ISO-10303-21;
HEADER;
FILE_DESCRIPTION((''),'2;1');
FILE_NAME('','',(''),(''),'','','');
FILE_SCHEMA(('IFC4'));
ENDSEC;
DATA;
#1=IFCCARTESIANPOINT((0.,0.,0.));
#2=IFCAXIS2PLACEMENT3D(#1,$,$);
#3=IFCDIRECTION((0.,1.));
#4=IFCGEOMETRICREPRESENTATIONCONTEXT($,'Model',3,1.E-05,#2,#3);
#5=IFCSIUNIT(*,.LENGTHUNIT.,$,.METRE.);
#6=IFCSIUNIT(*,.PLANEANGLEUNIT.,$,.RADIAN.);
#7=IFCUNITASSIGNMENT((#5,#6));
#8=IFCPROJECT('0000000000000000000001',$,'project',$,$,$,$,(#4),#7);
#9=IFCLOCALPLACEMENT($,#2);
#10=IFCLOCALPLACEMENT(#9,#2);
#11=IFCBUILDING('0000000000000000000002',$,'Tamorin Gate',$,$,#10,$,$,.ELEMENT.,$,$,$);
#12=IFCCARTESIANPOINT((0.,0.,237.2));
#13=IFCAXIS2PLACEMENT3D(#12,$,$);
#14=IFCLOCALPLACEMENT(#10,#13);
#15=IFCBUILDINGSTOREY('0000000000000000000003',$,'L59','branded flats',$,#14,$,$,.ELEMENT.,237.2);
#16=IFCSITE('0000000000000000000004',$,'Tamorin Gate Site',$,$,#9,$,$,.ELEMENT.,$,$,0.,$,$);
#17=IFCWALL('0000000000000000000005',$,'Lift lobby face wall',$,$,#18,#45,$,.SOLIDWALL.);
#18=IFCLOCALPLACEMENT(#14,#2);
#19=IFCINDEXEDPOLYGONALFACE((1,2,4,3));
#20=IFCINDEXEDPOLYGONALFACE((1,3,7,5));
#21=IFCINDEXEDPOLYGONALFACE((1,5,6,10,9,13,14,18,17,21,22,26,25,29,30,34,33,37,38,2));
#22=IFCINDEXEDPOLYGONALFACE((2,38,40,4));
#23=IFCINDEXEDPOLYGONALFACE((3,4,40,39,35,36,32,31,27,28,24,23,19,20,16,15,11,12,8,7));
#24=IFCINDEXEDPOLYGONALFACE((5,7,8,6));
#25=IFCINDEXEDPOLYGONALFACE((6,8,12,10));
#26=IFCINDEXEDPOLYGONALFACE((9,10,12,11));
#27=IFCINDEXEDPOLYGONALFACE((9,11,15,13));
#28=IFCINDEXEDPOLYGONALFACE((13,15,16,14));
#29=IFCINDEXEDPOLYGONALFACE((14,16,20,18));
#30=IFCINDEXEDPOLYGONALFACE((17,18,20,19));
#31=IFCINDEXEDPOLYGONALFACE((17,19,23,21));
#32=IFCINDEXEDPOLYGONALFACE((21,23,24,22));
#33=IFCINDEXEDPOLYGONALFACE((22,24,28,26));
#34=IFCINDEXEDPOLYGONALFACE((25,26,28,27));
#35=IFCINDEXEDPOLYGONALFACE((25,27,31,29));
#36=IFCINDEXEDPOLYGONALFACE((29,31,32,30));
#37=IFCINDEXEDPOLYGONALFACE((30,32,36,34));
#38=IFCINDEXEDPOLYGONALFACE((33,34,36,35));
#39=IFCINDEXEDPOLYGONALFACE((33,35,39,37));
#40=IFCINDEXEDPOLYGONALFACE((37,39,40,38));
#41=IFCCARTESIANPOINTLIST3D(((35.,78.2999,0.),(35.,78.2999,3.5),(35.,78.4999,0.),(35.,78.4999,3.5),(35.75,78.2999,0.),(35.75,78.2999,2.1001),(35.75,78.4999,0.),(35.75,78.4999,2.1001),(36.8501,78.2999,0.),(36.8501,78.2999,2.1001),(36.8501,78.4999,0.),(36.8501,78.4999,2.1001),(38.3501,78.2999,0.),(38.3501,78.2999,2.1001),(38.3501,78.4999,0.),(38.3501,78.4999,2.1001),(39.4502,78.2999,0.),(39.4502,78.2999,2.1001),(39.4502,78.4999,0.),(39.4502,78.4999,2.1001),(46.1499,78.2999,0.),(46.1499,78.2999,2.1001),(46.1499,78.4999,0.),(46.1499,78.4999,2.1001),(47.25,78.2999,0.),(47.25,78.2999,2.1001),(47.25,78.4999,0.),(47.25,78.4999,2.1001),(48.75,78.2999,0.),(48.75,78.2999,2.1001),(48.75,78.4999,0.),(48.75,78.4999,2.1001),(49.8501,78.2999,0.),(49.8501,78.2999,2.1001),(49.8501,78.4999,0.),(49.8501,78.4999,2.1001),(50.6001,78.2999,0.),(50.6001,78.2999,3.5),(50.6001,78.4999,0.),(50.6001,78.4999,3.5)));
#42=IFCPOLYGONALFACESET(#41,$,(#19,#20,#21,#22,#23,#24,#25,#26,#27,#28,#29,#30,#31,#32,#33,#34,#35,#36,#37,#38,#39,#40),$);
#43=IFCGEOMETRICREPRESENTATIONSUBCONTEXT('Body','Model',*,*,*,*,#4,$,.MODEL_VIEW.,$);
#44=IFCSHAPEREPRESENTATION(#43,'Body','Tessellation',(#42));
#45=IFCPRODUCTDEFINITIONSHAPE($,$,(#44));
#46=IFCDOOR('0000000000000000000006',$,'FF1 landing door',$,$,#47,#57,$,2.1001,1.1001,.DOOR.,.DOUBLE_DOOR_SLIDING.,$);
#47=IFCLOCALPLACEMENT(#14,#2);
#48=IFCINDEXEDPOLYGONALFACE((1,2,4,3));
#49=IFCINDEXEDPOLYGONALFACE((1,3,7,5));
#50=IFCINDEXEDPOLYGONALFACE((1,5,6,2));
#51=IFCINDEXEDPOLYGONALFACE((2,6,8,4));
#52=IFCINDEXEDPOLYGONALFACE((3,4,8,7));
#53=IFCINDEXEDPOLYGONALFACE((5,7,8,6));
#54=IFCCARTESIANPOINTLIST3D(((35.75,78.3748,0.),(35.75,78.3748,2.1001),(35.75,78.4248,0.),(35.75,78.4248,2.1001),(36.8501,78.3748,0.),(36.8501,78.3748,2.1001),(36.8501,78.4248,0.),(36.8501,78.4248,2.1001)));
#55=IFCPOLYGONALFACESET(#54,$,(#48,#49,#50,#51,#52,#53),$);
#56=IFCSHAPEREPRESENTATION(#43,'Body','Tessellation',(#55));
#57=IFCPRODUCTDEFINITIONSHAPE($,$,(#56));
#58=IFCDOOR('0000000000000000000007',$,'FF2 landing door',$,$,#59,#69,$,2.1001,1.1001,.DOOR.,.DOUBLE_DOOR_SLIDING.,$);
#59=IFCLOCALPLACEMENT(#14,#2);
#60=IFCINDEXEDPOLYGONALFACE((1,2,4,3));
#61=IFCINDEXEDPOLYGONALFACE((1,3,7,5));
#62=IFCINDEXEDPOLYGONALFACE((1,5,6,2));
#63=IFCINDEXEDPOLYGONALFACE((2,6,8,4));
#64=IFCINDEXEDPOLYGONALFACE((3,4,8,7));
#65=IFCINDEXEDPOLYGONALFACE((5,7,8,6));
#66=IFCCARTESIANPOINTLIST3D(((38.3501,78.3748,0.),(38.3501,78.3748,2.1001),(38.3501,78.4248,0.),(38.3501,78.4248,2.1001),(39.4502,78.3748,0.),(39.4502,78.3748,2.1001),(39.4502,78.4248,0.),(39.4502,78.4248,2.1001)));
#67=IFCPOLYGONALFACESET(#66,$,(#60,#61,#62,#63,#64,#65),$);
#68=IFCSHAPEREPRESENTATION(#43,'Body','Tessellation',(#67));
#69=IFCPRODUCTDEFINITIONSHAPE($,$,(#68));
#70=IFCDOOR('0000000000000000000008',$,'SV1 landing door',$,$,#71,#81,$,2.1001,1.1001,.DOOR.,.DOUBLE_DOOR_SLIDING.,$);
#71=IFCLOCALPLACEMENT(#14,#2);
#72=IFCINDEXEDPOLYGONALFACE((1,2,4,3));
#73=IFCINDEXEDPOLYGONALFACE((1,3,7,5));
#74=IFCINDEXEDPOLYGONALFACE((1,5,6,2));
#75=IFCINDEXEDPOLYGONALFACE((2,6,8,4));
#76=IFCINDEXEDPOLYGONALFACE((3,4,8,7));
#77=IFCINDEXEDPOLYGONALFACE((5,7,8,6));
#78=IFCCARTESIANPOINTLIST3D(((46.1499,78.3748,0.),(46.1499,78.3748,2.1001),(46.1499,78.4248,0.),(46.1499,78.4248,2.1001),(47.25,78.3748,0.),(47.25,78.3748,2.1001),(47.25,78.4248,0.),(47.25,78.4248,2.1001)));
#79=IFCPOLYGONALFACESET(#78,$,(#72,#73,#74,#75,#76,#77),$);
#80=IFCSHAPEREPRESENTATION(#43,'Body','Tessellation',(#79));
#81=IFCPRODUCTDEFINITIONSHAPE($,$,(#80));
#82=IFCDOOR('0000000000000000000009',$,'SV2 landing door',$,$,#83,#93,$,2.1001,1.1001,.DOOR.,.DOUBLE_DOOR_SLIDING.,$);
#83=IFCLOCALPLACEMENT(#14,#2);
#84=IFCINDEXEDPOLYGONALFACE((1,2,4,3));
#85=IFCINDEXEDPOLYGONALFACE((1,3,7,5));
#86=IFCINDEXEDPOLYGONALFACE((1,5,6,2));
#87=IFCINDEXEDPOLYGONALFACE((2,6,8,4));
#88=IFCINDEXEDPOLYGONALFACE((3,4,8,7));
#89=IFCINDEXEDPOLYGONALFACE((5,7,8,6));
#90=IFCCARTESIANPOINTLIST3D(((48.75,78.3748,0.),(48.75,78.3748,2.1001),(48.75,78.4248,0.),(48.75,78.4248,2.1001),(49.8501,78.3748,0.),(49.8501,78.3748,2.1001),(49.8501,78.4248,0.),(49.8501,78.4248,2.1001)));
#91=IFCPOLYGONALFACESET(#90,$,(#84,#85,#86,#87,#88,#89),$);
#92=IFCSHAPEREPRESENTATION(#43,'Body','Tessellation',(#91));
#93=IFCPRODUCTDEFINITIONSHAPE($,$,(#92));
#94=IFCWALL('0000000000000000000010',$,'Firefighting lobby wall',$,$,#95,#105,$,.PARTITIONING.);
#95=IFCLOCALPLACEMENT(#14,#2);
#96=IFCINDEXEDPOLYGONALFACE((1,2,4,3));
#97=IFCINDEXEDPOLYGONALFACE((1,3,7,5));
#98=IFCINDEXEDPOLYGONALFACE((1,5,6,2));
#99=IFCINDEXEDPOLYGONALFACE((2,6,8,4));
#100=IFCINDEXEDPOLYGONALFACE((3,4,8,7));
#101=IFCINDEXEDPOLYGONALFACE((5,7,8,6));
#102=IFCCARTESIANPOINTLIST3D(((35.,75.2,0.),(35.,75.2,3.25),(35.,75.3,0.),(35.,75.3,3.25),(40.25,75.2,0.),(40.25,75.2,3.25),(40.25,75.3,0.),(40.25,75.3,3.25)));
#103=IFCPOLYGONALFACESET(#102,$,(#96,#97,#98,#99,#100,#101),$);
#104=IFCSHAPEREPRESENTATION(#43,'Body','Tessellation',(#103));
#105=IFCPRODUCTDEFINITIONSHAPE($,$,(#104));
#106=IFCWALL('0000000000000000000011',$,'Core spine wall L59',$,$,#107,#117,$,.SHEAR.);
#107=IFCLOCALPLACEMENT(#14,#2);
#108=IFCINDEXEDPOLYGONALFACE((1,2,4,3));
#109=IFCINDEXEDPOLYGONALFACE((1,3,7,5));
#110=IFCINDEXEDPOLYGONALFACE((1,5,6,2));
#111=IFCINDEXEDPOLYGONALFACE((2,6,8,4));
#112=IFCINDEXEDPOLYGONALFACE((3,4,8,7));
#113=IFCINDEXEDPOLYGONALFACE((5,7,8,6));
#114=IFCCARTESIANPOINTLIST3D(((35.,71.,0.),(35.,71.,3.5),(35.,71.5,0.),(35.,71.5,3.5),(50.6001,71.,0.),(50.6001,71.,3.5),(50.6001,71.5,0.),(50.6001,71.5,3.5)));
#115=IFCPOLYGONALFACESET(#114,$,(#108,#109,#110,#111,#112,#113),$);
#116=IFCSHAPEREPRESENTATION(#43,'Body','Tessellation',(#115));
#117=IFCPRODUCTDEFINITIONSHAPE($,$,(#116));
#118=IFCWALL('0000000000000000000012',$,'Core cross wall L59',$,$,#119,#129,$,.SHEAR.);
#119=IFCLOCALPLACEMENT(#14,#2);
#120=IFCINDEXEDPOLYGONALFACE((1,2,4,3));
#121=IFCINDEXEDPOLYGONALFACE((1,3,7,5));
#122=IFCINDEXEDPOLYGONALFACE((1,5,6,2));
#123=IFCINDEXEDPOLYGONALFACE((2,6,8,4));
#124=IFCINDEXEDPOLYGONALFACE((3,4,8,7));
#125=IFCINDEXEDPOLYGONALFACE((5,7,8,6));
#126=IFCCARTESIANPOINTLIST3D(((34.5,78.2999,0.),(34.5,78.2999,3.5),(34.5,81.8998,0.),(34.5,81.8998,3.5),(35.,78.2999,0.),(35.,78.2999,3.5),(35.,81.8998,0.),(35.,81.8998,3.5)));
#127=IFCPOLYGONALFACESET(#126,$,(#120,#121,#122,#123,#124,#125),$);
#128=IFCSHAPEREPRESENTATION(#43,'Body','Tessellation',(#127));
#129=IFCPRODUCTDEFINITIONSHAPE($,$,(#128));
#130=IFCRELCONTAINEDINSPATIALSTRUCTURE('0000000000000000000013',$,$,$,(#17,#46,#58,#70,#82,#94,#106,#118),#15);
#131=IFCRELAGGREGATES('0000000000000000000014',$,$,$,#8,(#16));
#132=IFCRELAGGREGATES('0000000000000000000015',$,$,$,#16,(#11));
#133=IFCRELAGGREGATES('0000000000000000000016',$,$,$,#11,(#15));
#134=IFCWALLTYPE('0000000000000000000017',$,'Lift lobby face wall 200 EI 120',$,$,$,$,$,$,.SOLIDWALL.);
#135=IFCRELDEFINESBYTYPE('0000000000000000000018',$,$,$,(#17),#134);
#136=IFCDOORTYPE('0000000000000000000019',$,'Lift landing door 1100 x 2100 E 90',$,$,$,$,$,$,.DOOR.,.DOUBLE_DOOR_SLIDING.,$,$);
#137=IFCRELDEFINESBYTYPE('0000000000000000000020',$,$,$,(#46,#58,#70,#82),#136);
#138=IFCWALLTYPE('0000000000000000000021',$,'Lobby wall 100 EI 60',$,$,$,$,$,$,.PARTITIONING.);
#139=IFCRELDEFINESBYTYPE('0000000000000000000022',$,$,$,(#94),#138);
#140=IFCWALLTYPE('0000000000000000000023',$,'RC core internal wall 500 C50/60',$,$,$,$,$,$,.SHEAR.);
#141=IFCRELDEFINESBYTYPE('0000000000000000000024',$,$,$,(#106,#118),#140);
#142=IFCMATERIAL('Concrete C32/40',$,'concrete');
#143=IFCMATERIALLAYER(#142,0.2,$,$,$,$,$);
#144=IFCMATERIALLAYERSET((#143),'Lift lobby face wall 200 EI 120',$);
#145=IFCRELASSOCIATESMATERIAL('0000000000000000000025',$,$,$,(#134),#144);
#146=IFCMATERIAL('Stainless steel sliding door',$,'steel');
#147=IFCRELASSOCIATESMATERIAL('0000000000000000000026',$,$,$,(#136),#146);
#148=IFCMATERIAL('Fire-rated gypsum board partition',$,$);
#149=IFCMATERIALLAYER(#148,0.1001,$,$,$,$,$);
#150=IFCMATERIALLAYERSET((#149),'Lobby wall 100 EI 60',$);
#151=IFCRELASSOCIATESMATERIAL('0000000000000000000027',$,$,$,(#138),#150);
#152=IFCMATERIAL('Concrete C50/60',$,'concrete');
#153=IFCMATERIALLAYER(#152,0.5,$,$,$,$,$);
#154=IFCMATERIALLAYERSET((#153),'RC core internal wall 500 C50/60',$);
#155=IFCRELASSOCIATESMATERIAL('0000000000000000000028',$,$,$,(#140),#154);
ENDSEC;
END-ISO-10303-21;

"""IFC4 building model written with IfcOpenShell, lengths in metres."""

from ifc_helpers import new_model, si_unit, direction, frame, frame_2d, origin, place, context, subcontext, project, spatial, rectangle, extrude, material, layer, layer_set, type_object, element, fill, save


model = new_model("IFC4")

# Units and contexts
model_context = context("Model", 3, precision=1e-05, world=origin(), true_north=direction((0.0, 1.0)))
body_context = subcontext(model_context, "Body", "Model", "MODEL_VIEW")
ifc_project = project(units=[si_unit("LENGTHUNIT", "METRE"), si_unit("PLANEANGLEUNIT", "RADIAN")], contexts=[model_context])

# Site, building, storey
site_placement = place(None, origin())
site = spatial("IfcSite", under=ifc_project, at=site_placement, Name="Tamorin Gate Site", CompositionType="ELEMENT", RefElevation=0.0)
building_placement = place(site_placement, origin())
building = spatial("IfcBuilding", under=site, at=building_placement, Name="Tamorin Gate", CompositionType="ELEMENT")
storey_placement = place(building_placement, frame((0.0, 0.0, 237.2)))
storey = spatial("IfcBuildingStorey", under=building, at=storey_placement, Name="L59", Description="branded flats", CompositionType="ELEMENT", Elevation=237.2)

# Wall, openings, doors
ifc_material_1 = material(Name="Concrete C32/40", Category="concrete")
ifc_layer_1 = layer(ifc_material_1, 0.2)
ifc_layer_set_1 = layer_set([ifc_layer_1], Name="Lift lobby face wall 200 EI 120")
wall_type_1 = type_object("IfcWallType", Name="Lift lobby face wall 200 EI 120", PredefinedType="SOLIDWALL", material=ifc_layer_set_1)
ifc_material_2 = material(Name="Stainless steel sliding door", Category="steel")
door_type_1 = type_object("IfcDoorType", Name="Lift landing door 1100 x 2100 E 90", OperationType="DOUBLE_DOOR_SLIDING", PredefinedType="DOOR", material=ifc_material_2)
wall_1_placement = place(storey_placement, frame((35.0, 78.3999, 0.0), z_axis=(0.0, 0.0, 1.0), x_axis=(1.0, 0.0, 0.0)))
wall_1 = element("IfcWall", 1, at=wall_1_placement, inside=storey, type_object=wall_type_1, Name="Lift lobby face wall", PredefinedType="SOLIDWALL", context=body_context, shape_type="SweptSolid", body=[
    extrude(rectangle(XDim=15.6001, YDim=0.2, at=frame_2d((7.8, 0.0))), origin(), (0.0, 0.0, 1.0), 3.5),
])
opening_1_placement = place(wall_1_placement, frame((0.75, 0.0, 0.0)))
opening_1 = element("IfcOpeningElement", 2, at=opening_1_placement, cuts=wall_1, PredefinedType="OPENING", context=body_context, shape_type="SweptSolid", body=[
    extrude(rectangle(XDim=1.1001, YDim=2.1001, at=frame_2d((0.55, 1.05))), frame((0.0, 0.1099, 0.0), z_axis=(0.0, -1.0, 0.0), x_axis=(1.0, 0.0, 0.0)), (0.0, 0.0, 1.0), 0.22),
])
opening_2_placement = place(wall_1_placement, frame((3.3501, 0.0, 0.0)))
opening_2 = element("IfcOpeningElement", 3, at=opening_2_placement, cuts=wall_1, PredefinedType="OPENING", context=body_context, shape_type="SweptSolid", body=[
    extrude(rectangle(XDim=1.1001, YDim=2.1001, at=frame_2d((0.55, 1.05))), frame((0.0, 0.1099, 0.0), z_axis=(0.0, -1.0, 0.0), x_axis=(1.0, 0.0, 0.0)), (0.0, 0.0, 1.0), 0.22),
])
opening_3_placement = place(wall_1_placement, frame((11.1499, 0.0, 0.0)))
opening_3 = element("IfcOpeningElement", 4, at=opening_3_placement, cuts=wall_1, PredefinedType="OPENING", context=body_context, shape_type="SweptSolid", body=[
    extrude(rectangle(XDim=1.1001, YDim=2.1001, at=frame_2d((0.55, 1.05))), frame((0.0, 0.1099, 0.0), z_axis=(0.0, -1.0, 0.0), x_axis=(1.0, 0.0, 0.0)), (0.0, 0.0, 1.0), 0.22),
])
opening_4_placement = place(wall_1_placement, frame((13.75, 0.0, 0.0)))
opening_4 = element("IfcOpeningElement", 5, at=opening_4_placement, cuts=wall_1, PredefinedType="OPENING", context=body_context, shape_type="SweptSolid", body=[
    extrude(rectangle(XDim=1.1001, YDim=2.1001, at=frame_2d((0.55, 1.05))), frame((0.0, 0.1099, 0.0), z_axis=(0.0, -1.0, 0.0), x_axis=(1.0, 0.0, 0.0)), (0.0, 0.0, 1.0), 0.22),
])
door_1_placement = place(opening_1_placement, origin())
door_1 = element("IfcDoor", 6, at=door_1_placement, inside=storey, type_object=door_type_1, Name="FF1 landing door", OperationType="DOUBLE_DOOR_SLIDING", OverallHeight=2.1001, OverallWidth=1.1001, PredefinedType="DOOR", context=body_context, shape_type="SweptSolid", body=[
    extrude(rectangle(XDim=1.1001, YDim=2.1001, at=frame_2d((0.55, 1.05))), frame((0.0, 0.0249, 0.0), z_axis=(0.0, -1.0, 0.0), x_axis=(1.0, 0.0, 0.0)), (0.0, 0.0, 1.0), 0.05),
])
fill(opening_1, door_1)
door_2_placement = place(opening_2_placement, origin())
door_2 = element("IfcDoor", 7, at=door_2_placement, inside=storey, type_object=door_type_1, Name="FF2 landing door", OperationType="DOUBLE_DOOR_SLIDING", OverallHeight=2.1001, OverallWidth=1.1001, PredefinedType="DOOR", context=body_context, shape_type="SweptSolid", body=[
    extrude(rectangle(XDim=1.1001, YDim=2.1001, at=frame_2d((0.55, 1.05))), frame((0.0, 0.0249, 0.0), z_axis=(0.0, -1.0, 0.0), x_axis=(1.0, 0.0, 0.0)), (0.0, 0.0, 1.0), 0.05),
])
fill(opening_2, door_2)
door_3_placement = place(opening_3_placement, origin())
door_3 = element("IfcDoor", 8, at=door_3_placement, inside=storey, type_object=door_type_1, Name="SV1 landing door", OperationType="DOUBLE_DOOR_SLIDING", OverallHeight=2.1001, OverallWidth=1.1001, PredefinedType="DOOR", context=body_context, shape_type="SweptSolid", body=[
    extrude(rectangle(XDim=1.1001, YDim=2.1001, at=frame_2d((0.55, 1.05))), frame((0.0, 0.0249, 0.0), z_axis=(0.0, -1.0, 0.0), x_axis=(1.0, 0.0, 0.0)), (0.0, 0.0, 1.0), 0.05),
])
fill(opening_3, door_3)
door_4_placement = place(opening_4_placement, origin())
door_4 = element("IfcDoor", 9, at=door_4_placement, inside=storey, type_object=door_type_1, Name="SV2 landing door", OperationType="DOUBLE_DOOR_SLIDING", OverallHeight=2.1001, OverallWidth=1.1001, PredefinedType="DOOR", context=body_context, shape_type="SweptSolid", body=[
    extrude(rectangle(XDim=1.1001, YDim=2.1001, at=frame_2d((0.55, 1.05))), frame((0.0, 0.0249, 0.0), z_axis=(0.0, -1.0, 0.0), x_axis=(1.0, 0.0, 0.0)), (0.0, 0.0, 1.0), 0.05),
])
fill(opening_4, door_4)

# Walls
ifc_material_3 = material(Name="Fire-rated gypsum board partition")
ifc_layer_2 = layer(ifc_material_3, 0.1001)
ifc_layer_set_2 = layer_set([ifc_layer_2], Name="Lobby wall 100 EI 60")
wall_type_2 = type_object("IfcWallType", Name="Lobby wall 100 EI 60", PredefinedType="PARTITIONING", material=ifc_layer_set_2)
wall_2_placement = place(storey_placement, frame((35.0, 75.25, 0.0), z_axis=(0.0, 0.0, 1.0), x_axis=(1.0, 0.0, 0.0)))
element("IfcWall", 10, at=wall_2_placement, inside=storey, type_object=wall_type_2, Name="Firefighting lobby wall", PredefinedType="PARTITIONING", context=body_context, shape_type="SweptSolid", body=[
    extrude(rectangle(XDim=5.25, YDim=0.1001, at=frame_2d((2.625, 0.0))), origin(), (0.0, 0.0, 1.0), 3.25),
])
ifc_material_4 = material(Name="Concrete C50/60", Category="concrete")
ifc_layer_3 = layer(ifc_material_4, 0.5)
ifc_layer_set_3 = layer_set([ifc_layer_3], Name="RC core internal wall 500 C50/60")
wall_type_3 = type_object("IfcWallType", Name="RC core internal wall 500 C50/60", PredefinedType="SHEAR", material=ifc_layer_set_3)
wall_3_placement = place(storey_placement, frame((35.0, 71.25, 0.0), z_axis=(0.0, 0.0, 1.0), x_axis=(1.0, 0.0, 0.0)))
element("IfcWall", 11, at=wall_3_placement, inside=storey, type_object=wall_type_3, Name="Core spine wall L59", PredefinedType="SHEAR", context=body_context, shape_type="SweptSolid", body=[
    extrude(rectangle(XDim=15.6001, YDim=0.5, at=frame_2d((7.8, 0.0))), origin(), (0.0, 0.0, 1.0), 3.5),
])
wall_4_placement = place(storey_placement, frame((34.75, 78.3, 0.0), z_axis=(0.0, 0.0, 1.0), x_axis=(0.0, 1.0, 0.0)))
element("IfcWall", 12, at=wall_4_placement, inside=storey, type_object=wall_type_3, Name="Core cross wall L59", PredefinedType="SHEAR", context=body_context, shape_type="SweptSolid", body=[
    extrude(rectangle(XDim=3.5999, YDim=0.5, at=frame_2d((1.7998, 0.0))), origin(), (0.0, 0.0, 1.0), 3.5),
])

save(model, "model.ifc")
